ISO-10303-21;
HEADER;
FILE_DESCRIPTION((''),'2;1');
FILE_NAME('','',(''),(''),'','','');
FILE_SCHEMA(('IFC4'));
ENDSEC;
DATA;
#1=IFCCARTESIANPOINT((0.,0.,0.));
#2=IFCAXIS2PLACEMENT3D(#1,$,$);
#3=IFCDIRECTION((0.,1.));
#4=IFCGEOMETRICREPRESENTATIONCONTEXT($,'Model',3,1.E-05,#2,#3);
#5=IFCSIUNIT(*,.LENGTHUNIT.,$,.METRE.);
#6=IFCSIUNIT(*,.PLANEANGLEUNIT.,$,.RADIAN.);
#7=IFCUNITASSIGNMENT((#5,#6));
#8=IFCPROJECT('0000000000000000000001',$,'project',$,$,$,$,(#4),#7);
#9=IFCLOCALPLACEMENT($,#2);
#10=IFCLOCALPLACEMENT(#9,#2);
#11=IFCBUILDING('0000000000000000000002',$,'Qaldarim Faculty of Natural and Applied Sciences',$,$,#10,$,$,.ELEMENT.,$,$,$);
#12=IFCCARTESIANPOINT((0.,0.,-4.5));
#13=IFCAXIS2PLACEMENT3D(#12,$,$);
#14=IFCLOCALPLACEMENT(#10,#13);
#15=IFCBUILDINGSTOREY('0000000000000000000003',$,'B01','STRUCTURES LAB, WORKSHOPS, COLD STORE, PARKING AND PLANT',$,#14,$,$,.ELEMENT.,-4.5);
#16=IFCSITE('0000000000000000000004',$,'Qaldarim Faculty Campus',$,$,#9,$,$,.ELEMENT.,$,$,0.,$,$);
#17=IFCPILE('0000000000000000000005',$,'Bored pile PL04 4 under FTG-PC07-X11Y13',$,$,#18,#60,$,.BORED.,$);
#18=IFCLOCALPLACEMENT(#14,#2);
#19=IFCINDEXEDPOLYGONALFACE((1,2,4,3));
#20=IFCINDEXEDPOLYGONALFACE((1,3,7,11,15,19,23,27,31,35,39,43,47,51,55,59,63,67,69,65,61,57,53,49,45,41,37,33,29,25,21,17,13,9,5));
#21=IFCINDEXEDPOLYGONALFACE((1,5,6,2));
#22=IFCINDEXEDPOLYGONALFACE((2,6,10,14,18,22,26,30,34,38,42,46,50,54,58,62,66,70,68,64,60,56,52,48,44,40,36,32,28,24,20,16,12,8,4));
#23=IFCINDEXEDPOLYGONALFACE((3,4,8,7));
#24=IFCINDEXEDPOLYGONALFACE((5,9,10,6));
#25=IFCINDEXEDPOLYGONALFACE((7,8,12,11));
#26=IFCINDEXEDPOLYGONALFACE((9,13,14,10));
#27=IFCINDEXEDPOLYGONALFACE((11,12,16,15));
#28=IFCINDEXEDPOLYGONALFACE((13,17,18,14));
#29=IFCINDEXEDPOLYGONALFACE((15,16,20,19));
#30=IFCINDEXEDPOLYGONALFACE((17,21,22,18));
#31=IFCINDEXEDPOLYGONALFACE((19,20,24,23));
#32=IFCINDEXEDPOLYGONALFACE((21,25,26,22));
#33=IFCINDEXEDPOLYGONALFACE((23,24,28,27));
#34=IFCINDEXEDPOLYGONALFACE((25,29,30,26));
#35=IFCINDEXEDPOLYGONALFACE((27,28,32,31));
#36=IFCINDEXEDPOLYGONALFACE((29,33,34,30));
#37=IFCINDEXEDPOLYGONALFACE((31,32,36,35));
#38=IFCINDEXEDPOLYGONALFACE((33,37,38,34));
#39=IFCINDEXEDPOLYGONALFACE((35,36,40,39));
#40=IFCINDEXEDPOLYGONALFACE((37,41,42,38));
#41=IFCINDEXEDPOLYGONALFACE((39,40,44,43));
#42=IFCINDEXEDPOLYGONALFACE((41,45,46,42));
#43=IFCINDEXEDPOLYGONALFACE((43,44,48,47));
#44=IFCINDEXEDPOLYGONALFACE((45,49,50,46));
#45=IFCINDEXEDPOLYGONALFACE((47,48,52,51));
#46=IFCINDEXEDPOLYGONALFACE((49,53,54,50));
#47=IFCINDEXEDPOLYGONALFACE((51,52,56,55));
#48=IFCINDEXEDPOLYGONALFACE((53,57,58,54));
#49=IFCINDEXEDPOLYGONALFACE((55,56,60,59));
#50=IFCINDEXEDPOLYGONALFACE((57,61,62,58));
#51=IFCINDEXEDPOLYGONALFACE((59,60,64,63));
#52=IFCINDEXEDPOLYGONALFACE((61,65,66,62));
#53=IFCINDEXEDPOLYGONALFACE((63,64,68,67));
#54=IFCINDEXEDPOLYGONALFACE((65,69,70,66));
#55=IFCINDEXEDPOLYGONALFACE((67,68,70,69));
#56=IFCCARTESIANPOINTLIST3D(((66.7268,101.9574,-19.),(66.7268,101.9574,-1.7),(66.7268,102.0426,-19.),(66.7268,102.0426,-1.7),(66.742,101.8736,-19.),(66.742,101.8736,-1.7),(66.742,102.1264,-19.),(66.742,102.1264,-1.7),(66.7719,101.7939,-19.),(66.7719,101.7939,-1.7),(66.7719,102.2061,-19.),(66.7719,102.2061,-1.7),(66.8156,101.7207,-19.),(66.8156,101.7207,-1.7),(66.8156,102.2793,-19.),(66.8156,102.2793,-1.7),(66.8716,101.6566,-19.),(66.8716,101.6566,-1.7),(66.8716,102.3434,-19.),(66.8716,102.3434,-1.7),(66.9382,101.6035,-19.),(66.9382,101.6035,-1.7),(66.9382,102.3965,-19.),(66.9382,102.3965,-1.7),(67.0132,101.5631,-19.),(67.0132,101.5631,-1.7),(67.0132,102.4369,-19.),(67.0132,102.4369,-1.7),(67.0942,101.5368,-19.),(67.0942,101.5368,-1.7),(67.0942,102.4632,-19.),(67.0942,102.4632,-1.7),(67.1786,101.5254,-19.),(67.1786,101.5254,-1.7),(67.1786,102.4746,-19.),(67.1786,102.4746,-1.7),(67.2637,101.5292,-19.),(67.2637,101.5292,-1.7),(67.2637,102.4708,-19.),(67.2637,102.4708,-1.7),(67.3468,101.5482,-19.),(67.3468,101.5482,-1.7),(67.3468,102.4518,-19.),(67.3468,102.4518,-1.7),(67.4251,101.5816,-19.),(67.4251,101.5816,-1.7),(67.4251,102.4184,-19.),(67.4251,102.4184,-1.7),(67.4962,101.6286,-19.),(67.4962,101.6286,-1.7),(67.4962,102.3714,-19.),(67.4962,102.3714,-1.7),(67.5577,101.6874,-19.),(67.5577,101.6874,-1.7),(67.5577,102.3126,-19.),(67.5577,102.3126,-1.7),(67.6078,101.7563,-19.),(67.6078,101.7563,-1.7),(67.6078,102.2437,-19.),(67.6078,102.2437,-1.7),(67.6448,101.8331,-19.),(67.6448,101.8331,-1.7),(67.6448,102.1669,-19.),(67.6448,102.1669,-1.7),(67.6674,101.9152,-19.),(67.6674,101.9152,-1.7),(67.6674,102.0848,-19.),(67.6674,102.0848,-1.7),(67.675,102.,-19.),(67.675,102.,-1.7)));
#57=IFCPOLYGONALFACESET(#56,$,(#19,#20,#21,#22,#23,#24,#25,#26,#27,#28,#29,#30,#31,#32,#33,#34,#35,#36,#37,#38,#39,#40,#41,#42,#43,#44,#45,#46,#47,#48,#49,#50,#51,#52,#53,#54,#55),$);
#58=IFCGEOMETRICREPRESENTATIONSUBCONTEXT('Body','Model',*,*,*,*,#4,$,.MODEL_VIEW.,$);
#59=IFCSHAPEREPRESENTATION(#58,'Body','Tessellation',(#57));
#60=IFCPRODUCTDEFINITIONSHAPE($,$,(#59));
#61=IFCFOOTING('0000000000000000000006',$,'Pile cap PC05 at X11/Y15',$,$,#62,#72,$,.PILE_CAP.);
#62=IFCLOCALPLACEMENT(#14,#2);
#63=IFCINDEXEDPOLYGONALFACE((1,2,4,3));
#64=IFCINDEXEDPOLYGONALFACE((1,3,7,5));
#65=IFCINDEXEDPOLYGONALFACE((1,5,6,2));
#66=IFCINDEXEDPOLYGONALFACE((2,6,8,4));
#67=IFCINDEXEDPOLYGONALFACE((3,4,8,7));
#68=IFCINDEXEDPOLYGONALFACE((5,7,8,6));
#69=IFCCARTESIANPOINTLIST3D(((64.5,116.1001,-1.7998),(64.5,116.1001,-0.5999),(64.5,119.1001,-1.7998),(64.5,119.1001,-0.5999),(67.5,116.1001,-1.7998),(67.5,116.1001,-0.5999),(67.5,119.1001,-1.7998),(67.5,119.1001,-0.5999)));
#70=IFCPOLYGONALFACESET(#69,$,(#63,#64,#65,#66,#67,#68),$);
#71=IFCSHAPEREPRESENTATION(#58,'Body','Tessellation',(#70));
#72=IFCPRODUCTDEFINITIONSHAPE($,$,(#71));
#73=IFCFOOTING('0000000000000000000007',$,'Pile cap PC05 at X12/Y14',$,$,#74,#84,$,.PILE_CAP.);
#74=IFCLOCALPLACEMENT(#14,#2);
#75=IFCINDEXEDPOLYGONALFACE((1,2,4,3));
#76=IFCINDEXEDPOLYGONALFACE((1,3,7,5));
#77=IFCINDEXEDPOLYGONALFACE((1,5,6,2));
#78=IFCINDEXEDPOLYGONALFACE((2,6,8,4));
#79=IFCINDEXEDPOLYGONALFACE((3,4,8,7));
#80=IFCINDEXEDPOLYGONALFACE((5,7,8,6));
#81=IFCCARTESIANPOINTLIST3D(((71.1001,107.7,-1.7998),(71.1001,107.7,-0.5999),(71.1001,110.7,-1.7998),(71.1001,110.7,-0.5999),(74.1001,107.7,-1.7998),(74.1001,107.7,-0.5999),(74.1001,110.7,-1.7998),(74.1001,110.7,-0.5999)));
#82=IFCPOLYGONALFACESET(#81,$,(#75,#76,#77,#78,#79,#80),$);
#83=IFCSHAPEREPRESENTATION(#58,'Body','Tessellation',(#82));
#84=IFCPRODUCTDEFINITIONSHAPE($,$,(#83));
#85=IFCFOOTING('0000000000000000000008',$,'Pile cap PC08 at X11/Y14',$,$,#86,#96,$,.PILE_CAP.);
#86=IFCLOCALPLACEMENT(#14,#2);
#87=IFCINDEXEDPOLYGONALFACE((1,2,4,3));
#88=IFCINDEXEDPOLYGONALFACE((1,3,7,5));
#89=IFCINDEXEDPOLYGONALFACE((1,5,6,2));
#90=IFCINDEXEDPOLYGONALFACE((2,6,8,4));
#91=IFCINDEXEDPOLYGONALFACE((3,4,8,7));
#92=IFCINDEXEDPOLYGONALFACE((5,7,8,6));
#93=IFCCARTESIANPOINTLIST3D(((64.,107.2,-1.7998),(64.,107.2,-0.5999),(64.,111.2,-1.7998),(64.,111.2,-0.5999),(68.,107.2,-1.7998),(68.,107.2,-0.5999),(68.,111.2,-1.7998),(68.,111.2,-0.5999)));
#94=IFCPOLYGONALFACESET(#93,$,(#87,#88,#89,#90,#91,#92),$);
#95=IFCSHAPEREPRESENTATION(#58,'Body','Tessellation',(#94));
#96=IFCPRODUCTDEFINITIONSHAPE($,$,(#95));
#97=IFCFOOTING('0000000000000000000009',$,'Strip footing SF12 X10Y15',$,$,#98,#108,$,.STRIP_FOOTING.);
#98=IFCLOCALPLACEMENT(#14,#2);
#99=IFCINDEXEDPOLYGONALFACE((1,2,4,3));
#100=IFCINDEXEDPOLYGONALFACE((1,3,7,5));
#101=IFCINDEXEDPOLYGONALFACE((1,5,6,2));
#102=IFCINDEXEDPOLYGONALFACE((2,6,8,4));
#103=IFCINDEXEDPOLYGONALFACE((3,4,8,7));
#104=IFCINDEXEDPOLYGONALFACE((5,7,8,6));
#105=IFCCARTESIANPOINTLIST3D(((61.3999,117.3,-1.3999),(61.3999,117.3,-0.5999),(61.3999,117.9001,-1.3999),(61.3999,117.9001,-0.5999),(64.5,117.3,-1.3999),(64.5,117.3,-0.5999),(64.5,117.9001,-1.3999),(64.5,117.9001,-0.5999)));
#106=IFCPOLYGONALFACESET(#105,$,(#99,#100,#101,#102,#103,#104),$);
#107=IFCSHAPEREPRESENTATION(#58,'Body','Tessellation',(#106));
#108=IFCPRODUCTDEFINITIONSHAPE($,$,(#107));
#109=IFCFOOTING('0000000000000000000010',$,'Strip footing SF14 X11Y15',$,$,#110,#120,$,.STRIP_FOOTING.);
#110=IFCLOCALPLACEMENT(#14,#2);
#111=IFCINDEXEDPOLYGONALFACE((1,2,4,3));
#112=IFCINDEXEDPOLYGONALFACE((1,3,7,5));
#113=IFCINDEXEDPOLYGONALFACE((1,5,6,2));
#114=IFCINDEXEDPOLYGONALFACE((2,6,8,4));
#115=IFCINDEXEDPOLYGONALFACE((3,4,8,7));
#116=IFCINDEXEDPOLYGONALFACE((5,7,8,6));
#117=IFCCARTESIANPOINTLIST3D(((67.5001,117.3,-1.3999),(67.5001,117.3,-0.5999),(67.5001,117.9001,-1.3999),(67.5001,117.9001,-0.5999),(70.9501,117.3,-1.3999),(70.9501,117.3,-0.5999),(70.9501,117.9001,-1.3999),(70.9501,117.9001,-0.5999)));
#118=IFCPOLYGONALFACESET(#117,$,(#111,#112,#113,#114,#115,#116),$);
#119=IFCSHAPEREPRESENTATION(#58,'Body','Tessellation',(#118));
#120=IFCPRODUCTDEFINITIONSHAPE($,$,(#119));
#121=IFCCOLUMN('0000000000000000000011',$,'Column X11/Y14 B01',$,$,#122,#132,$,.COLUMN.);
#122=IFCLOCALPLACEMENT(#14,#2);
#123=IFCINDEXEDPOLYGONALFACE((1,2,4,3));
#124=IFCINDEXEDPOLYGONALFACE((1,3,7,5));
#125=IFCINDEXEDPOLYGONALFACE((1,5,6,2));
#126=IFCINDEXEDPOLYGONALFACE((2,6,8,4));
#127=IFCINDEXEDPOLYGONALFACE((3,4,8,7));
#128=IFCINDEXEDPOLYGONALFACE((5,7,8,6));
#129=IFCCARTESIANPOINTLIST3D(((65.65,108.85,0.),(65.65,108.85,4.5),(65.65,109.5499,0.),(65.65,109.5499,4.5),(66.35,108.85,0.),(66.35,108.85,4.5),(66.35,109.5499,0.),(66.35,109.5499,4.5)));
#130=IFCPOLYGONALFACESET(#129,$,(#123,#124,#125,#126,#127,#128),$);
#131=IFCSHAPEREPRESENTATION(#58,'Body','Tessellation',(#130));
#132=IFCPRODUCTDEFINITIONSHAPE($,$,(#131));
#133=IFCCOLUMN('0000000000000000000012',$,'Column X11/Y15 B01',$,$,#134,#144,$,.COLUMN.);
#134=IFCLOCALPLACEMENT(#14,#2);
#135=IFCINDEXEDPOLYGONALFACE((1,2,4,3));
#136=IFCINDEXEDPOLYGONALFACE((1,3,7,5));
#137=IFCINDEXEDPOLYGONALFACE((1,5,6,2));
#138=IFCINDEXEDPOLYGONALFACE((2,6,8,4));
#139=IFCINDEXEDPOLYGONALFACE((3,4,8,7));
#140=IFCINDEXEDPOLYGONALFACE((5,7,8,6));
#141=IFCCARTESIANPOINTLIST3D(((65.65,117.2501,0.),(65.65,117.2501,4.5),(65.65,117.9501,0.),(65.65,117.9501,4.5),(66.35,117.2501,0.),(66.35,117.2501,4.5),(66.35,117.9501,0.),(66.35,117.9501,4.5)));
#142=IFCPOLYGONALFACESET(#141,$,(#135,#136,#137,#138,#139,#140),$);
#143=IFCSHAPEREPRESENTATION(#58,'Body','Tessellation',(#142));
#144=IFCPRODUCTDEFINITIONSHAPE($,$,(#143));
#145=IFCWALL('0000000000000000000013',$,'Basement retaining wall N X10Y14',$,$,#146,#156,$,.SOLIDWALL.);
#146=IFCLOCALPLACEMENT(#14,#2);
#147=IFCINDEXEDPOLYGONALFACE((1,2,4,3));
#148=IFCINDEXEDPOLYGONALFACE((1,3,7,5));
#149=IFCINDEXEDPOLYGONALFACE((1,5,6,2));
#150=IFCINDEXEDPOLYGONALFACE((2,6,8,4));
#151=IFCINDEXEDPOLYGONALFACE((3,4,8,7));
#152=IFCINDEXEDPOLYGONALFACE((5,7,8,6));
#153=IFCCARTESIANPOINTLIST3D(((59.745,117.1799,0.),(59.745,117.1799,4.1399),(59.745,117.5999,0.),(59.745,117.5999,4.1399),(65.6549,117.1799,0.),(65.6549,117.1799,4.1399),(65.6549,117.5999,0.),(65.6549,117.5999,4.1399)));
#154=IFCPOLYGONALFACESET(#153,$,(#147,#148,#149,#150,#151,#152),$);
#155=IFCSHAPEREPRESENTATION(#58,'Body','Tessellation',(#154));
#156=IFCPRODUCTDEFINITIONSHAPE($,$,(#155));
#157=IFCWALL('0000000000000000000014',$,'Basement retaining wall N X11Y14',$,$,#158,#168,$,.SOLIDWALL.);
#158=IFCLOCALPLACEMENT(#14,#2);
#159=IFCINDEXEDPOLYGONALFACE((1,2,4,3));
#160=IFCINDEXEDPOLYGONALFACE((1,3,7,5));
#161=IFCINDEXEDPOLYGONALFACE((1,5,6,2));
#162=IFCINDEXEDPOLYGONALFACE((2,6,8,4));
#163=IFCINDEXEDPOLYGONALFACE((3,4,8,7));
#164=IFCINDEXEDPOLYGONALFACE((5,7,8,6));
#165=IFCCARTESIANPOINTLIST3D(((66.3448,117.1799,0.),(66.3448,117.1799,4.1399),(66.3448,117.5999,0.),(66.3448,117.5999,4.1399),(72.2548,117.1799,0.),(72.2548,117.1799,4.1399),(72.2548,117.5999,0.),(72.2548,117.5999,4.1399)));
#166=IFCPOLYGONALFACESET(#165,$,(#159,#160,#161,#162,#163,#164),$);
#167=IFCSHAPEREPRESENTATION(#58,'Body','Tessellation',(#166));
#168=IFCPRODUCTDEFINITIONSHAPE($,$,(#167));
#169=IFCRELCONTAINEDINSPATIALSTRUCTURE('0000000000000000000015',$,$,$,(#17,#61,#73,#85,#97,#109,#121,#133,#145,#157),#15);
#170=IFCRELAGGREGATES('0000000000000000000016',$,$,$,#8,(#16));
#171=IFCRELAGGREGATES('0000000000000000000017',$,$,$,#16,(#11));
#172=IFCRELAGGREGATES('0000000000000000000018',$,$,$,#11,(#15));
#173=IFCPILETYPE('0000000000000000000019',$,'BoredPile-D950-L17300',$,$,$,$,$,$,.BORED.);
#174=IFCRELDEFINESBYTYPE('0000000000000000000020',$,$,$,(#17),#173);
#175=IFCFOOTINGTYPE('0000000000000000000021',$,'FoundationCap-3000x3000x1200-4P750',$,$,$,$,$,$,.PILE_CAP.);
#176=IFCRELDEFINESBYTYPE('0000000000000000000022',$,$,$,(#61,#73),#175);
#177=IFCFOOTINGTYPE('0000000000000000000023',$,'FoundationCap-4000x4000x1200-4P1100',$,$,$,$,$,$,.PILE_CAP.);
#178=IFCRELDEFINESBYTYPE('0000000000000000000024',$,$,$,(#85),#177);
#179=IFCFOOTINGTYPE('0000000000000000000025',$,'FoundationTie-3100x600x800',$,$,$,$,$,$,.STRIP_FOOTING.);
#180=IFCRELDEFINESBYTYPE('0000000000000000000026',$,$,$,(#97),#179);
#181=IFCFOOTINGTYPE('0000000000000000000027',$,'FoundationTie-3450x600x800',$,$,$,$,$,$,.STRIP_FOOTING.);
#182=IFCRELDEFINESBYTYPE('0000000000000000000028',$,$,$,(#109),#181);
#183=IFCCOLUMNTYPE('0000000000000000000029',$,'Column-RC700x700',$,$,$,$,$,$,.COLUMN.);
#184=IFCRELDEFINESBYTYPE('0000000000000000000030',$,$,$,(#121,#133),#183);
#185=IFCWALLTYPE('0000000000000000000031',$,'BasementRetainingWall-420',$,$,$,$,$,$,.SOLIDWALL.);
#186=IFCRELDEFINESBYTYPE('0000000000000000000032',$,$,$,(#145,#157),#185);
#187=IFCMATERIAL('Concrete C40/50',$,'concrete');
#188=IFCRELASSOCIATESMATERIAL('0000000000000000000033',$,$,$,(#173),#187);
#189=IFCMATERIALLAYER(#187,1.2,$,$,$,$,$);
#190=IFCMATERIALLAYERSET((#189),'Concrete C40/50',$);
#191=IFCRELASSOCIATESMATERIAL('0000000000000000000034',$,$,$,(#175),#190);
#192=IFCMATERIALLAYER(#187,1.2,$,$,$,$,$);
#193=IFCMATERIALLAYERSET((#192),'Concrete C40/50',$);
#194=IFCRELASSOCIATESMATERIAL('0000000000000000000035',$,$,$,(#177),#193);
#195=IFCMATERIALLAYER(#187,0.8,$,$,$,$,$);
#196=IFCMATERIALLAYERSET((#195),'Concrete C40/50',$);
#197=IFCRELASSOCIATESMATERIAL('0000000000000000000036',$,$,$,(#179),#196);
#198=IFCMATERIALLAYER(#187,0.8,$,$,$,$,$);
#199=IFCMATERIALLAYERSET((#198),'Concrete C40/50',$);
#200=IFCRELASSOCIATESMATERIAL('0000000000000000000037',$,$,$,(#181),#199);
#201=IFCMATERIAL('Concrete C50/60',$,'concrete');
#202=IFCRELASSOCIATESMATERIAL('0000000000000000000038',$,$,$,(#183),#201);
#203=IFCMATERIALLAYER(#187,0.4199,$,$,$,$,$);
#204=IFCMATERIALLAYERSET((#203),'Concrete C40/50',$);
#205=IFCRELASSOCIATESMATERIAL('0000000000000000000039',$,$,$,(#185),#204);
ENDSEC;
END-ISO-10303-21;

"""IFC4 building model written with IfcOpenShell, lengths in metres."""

from ifc_helpers import new_model, si_unit, direction, frame, frame_2d, origin, origin_2d, place, context, subcontext, project, spatial, rectangle, circle, extrude, material, layer, layer_set, material_profile, profile_set, type_object, element, save


model = new_model("IFC4")

# Units and contexts
model_context = context("Model", 3, precision=1e-05, world=origin(), true_north=direction((0.0, 1.0)))
body_context = subcontext(model_context, "Body", "Model", "MODEL_VIEW")
ifc_project = project(units=[si_unit("LENGTHUNIT", "METRE"), si_unit("PLANEANGLEUNIT", "RADIAN")], contexts=[model_context])

# Site, building, storey
site_placement = place(None, origin())
site = spatial("IfcSite", under=ifc_project, at=site_placement, Name="Qaldarim Faculty Campus", CompositionType="ELEMENT", RefElevation=0.0)
building_placement = place(site_placement, origin())
building = spatial("IfcBuilding", under=site, at=building_placement, Name="Qaldarim Faculty of Natural and Applied Sciences", CompositionType="ELEMENT")
storey_placement = place(building_placement, frame((0.0, 0.0, -4.5)))
storey = spatial("IfcBuildingStorey", under=building, at=storey_placement, Name="B01", Description="STRUCTURES LAB, WORKSHOPS, COLD STORE, PARKING AND PLANT", CompositionType="ELEMENT", Elevation=-4.5)

# Pile
ifc_material_1 = material(Name="Concrete C40/50", Category="concrete")
ifc_material_profile_1 = material_profile(ifc_material_1, circle(Radius=0.4751, at=origin_2d()), Name="PILE-D950")
ifc_profile_set_1 = profile_set([ifc_material_profile_1], Name="Concrete C40/50")
pile_type_1 = type_object("IfcPileType", Name="BoredPile-D950-L17300", PredefinedType="BORED", material=ifc_profile_set_1)
for number, where, z_axis, x_axis, name in (
    (1, (67.2, 102.0, -1.7), (0.0, 0.0, -1.0), (1.0, 0.0, 0.0), "Bored pile PL04 4 under FTG-PC07-X11Y13"),
):
    element("IfcPile", number, at=place(storey_placement, frame(where, z_axis=z_axis, x_axis=x_axis)), inside=storey, type_object=pile_type_1, Name=name, PredefinedType="BORED", context=body_context, shape_type="SweptSolid", body=[
        extrude(circle(Radius=0.4751, at=origin_2d()), origin(), (0.0, 0.0, 1.0), 17.3),
    ])

# Footings
ifc_layer_1 = layer(ifc_material_1, 1.2)
ifc_layer_set_1 = layer_set([ifc_layer_1], Name="Concrete C40/50")
footing_type_1 = type_object("IfcFootingType", Name="FoundationCap-3000x3000x1200-4P750", PredefinedType="PILE_CAP", material=ifc_layer_set_1)
for number, where, z_axis, x_axis, name in (
    (2, (66.0, 117.6001, -1.7998), (0.0, 0.0, 1.0), (1.0, 0.0, 0.0), "Pile cap PC05 at X11/Y15"),
    (3, (72.6001, 109.2, -1.7998), (0.0, 0.0, 1.0), (1.0, 0.0, 0.0), "Pile cap PC05 at X12/Y14"),
):
    element("IfcFooting", number, at=place(storey_placement, frame(where, z_axis=z_axis, x_axis=x_axis)), inside=storey, type_object=footing_type_1, Name=name, PredefinedType="PILE_CAP", context=body_context, shape_type="SweptSolid", body=[
        extrude(rectangle(XDim=3.0, YDim=3.0, at=origin_2d()), origin(), (0.0, 0.0, 1.0), 1.2),
    ])
ifc_layer_2 = layer(ifc_material_1, 1.2)
ifc_layer_set_2 = layer_set([ifc_layer_2], Name="Concrete C40/50")
footing_type_2 = type_object("IfcFootingType", Name="FoundationCap-4000x4000x1200-4P1100", PredefinedType="PILE_CAP", material=ifc_layer_set_2)
footing_1_placement = place(storey_placement, frame((66.0, 109.2, -1.7998), z_axis=(0.0, 0.0, 1.0), x_axis=(1.0, 0.0, 0.0)))
element("IfcFooting", 4, at=footing_1_placement, inside=storey, type_object=footing_type_2, Name="Pile cap PC08 at X11/Y14", PredefinedType="PILE_CAP", context=body_context, shape_type="SweptSolid", body=[
    extrude(rectangle(XDim=4.0, YDim=4.0, at=origin_2d()), origin(), (0.0, 0.0, 1.0), 1.2),
])
ifc_layer_3 = layer(ifc_material_1, 0.8)
ifc_layer_set_3 = layer_set([ifc_layer_3], Name="Concrete C40/50")
footing_type_3 = type_object("IfcFootingType", Name="FoundationTie-3100x600x800", PredefinedType="STRIP_FOOTING", material=ifc_layer_set_3)
footing_2_placement = place(storey_placement, frame((62.95, 117.6001, -1.3999), z_axis=(0.0, 0.0, 1.0), x_axis=(1.0, 0.0, 0.0)))
element("IfcFooting", 5, at=footing_2_placement, inside=storey, type_object=footing_type_3, Name="Strip footing SF12 X10Y15", PredefinedType="STRIP_FOOTING", context=body_context, shape_type="SweptSolid", body=[
    extrude(rectangle(XDim=3.1001, YDim=0.6001, at=origin_2d()), origin(), (0.0, 0.0, 1.0), 0.8),
])
ifc_layer_4 = layer(ifc_material_1, 0.8)
ifc_layer_set_4 = layer_set([ifc_layer_4], Name="Concrete C40/50")
footing_type_4 = type_object("IfcFootingType", Name="FoundationTie-3450x600x800", PredefinedType="STRIP_FOOTING", material=ifc_layer_set_4)
footing_3_placement = place(storey_placement, frame((69.2251, 117.6001, -1.3999), z_axis=(0.0, 0.0, 1.0), x_axis=(1.0, 0.0, 0.0)))
element("IfcFooting", 6, at=footing_3_placement, inside=storey, type_object=footing_type_4, Name="Strip footing SF14 X11Y15", PredefinedType="STRIP_FOOTING", context=body_context, shape_type="SweptSolid", body=[
    extrude(rectangle(XDim=3.45, YDim=0.6001, at=origin_2d()), origin(), (0.0, 0.0, 1.0), 0.8),
])

# Columns
ifc_material_2 = material(Name="Concrete C50/60", Category="concrete")
ifc_material_profile_2 = material_profile(ifc_material_2, rectangle(XDim=0.7, YDim=0.7, at=origin_2d()), Name="RC-C700x700")
ifc_profile_set_2 = profile_set([ifc_material_profile_2], Name="Concrete C50/60")
column_type = type_object("IfcColumnType", Name="Column-RC700x700", PredefinedType="COLUMN", material=ifc_profile_set_2)
for number, where, z_axis, x_axis, name in (
    (7, (66.0, 109.2, 0.0), (0.0, 0.0, 1.0), (1.0, 0.0, 0.0), "Column X11/Y14 B01"),
    (8, (66.0, 117.6001, 0.0), (0.0, 0.0, 1.0), (1.0, 0.0, 0.0), "Column X11/Y15 B01"),
):
    element("IfcColumn", number, at=place(storey_placement, frame(where, z_axis=z_axis, x_axis=x_axis)), inside=storey, type_object=column_type, Name=name, PredefinedType="COLUMN", context=body_context, shape_type="SweptSolid", body=[
        extrude(rectangle(XDim=0.7, YDim=0.7, at=origin_2d()), origin(), (0.0, 0.0, 1.0), 4.5),
    ])

# Walls
ifc_layer_5 = layer(ifc_material_1, 0.4199)
ifc_layer_set_5 = layer_set([ifc_layer_5], Name="Concrete C40/50")
wall_type = type_object("IfcWallType", Name="BasementRetainingWall-420", PredefinedType="SOLIDWALL", material=ifc_layer_set_5)
for number, where, z_axis, x_axis, name in (
    (9, (65.655, 117.3899, 0.0), (0.0, 0.0, 1.0), (-1.0, 0.0, 0.0), "Basement retaining wall N X10Y14"),
    (10, (72.2549, 117.3899, 0.0), (0.0, 0.0, 1.0), (-1.0, 0.0, 0.0), "Basement retaining wall N X11Y14"),
):
    element("IfcWall", number, at=place(storey_placement, frame(where, z_axis=z_axis, x_axis=x_axis)), inside=storey, type_object=wall_type, Name=name, PredefinedType="SOLIDWALL", context=body_context, shape_type="SweptSolid", body=[
        extrude(rectangle(XDim=5.9099, YDim=0.4199, at=frame_2d((2.9551, 0.0))), origin(), (0.0, 0.0, 1.0), 4.1399),
    ])

save(model, "model.ifc")
